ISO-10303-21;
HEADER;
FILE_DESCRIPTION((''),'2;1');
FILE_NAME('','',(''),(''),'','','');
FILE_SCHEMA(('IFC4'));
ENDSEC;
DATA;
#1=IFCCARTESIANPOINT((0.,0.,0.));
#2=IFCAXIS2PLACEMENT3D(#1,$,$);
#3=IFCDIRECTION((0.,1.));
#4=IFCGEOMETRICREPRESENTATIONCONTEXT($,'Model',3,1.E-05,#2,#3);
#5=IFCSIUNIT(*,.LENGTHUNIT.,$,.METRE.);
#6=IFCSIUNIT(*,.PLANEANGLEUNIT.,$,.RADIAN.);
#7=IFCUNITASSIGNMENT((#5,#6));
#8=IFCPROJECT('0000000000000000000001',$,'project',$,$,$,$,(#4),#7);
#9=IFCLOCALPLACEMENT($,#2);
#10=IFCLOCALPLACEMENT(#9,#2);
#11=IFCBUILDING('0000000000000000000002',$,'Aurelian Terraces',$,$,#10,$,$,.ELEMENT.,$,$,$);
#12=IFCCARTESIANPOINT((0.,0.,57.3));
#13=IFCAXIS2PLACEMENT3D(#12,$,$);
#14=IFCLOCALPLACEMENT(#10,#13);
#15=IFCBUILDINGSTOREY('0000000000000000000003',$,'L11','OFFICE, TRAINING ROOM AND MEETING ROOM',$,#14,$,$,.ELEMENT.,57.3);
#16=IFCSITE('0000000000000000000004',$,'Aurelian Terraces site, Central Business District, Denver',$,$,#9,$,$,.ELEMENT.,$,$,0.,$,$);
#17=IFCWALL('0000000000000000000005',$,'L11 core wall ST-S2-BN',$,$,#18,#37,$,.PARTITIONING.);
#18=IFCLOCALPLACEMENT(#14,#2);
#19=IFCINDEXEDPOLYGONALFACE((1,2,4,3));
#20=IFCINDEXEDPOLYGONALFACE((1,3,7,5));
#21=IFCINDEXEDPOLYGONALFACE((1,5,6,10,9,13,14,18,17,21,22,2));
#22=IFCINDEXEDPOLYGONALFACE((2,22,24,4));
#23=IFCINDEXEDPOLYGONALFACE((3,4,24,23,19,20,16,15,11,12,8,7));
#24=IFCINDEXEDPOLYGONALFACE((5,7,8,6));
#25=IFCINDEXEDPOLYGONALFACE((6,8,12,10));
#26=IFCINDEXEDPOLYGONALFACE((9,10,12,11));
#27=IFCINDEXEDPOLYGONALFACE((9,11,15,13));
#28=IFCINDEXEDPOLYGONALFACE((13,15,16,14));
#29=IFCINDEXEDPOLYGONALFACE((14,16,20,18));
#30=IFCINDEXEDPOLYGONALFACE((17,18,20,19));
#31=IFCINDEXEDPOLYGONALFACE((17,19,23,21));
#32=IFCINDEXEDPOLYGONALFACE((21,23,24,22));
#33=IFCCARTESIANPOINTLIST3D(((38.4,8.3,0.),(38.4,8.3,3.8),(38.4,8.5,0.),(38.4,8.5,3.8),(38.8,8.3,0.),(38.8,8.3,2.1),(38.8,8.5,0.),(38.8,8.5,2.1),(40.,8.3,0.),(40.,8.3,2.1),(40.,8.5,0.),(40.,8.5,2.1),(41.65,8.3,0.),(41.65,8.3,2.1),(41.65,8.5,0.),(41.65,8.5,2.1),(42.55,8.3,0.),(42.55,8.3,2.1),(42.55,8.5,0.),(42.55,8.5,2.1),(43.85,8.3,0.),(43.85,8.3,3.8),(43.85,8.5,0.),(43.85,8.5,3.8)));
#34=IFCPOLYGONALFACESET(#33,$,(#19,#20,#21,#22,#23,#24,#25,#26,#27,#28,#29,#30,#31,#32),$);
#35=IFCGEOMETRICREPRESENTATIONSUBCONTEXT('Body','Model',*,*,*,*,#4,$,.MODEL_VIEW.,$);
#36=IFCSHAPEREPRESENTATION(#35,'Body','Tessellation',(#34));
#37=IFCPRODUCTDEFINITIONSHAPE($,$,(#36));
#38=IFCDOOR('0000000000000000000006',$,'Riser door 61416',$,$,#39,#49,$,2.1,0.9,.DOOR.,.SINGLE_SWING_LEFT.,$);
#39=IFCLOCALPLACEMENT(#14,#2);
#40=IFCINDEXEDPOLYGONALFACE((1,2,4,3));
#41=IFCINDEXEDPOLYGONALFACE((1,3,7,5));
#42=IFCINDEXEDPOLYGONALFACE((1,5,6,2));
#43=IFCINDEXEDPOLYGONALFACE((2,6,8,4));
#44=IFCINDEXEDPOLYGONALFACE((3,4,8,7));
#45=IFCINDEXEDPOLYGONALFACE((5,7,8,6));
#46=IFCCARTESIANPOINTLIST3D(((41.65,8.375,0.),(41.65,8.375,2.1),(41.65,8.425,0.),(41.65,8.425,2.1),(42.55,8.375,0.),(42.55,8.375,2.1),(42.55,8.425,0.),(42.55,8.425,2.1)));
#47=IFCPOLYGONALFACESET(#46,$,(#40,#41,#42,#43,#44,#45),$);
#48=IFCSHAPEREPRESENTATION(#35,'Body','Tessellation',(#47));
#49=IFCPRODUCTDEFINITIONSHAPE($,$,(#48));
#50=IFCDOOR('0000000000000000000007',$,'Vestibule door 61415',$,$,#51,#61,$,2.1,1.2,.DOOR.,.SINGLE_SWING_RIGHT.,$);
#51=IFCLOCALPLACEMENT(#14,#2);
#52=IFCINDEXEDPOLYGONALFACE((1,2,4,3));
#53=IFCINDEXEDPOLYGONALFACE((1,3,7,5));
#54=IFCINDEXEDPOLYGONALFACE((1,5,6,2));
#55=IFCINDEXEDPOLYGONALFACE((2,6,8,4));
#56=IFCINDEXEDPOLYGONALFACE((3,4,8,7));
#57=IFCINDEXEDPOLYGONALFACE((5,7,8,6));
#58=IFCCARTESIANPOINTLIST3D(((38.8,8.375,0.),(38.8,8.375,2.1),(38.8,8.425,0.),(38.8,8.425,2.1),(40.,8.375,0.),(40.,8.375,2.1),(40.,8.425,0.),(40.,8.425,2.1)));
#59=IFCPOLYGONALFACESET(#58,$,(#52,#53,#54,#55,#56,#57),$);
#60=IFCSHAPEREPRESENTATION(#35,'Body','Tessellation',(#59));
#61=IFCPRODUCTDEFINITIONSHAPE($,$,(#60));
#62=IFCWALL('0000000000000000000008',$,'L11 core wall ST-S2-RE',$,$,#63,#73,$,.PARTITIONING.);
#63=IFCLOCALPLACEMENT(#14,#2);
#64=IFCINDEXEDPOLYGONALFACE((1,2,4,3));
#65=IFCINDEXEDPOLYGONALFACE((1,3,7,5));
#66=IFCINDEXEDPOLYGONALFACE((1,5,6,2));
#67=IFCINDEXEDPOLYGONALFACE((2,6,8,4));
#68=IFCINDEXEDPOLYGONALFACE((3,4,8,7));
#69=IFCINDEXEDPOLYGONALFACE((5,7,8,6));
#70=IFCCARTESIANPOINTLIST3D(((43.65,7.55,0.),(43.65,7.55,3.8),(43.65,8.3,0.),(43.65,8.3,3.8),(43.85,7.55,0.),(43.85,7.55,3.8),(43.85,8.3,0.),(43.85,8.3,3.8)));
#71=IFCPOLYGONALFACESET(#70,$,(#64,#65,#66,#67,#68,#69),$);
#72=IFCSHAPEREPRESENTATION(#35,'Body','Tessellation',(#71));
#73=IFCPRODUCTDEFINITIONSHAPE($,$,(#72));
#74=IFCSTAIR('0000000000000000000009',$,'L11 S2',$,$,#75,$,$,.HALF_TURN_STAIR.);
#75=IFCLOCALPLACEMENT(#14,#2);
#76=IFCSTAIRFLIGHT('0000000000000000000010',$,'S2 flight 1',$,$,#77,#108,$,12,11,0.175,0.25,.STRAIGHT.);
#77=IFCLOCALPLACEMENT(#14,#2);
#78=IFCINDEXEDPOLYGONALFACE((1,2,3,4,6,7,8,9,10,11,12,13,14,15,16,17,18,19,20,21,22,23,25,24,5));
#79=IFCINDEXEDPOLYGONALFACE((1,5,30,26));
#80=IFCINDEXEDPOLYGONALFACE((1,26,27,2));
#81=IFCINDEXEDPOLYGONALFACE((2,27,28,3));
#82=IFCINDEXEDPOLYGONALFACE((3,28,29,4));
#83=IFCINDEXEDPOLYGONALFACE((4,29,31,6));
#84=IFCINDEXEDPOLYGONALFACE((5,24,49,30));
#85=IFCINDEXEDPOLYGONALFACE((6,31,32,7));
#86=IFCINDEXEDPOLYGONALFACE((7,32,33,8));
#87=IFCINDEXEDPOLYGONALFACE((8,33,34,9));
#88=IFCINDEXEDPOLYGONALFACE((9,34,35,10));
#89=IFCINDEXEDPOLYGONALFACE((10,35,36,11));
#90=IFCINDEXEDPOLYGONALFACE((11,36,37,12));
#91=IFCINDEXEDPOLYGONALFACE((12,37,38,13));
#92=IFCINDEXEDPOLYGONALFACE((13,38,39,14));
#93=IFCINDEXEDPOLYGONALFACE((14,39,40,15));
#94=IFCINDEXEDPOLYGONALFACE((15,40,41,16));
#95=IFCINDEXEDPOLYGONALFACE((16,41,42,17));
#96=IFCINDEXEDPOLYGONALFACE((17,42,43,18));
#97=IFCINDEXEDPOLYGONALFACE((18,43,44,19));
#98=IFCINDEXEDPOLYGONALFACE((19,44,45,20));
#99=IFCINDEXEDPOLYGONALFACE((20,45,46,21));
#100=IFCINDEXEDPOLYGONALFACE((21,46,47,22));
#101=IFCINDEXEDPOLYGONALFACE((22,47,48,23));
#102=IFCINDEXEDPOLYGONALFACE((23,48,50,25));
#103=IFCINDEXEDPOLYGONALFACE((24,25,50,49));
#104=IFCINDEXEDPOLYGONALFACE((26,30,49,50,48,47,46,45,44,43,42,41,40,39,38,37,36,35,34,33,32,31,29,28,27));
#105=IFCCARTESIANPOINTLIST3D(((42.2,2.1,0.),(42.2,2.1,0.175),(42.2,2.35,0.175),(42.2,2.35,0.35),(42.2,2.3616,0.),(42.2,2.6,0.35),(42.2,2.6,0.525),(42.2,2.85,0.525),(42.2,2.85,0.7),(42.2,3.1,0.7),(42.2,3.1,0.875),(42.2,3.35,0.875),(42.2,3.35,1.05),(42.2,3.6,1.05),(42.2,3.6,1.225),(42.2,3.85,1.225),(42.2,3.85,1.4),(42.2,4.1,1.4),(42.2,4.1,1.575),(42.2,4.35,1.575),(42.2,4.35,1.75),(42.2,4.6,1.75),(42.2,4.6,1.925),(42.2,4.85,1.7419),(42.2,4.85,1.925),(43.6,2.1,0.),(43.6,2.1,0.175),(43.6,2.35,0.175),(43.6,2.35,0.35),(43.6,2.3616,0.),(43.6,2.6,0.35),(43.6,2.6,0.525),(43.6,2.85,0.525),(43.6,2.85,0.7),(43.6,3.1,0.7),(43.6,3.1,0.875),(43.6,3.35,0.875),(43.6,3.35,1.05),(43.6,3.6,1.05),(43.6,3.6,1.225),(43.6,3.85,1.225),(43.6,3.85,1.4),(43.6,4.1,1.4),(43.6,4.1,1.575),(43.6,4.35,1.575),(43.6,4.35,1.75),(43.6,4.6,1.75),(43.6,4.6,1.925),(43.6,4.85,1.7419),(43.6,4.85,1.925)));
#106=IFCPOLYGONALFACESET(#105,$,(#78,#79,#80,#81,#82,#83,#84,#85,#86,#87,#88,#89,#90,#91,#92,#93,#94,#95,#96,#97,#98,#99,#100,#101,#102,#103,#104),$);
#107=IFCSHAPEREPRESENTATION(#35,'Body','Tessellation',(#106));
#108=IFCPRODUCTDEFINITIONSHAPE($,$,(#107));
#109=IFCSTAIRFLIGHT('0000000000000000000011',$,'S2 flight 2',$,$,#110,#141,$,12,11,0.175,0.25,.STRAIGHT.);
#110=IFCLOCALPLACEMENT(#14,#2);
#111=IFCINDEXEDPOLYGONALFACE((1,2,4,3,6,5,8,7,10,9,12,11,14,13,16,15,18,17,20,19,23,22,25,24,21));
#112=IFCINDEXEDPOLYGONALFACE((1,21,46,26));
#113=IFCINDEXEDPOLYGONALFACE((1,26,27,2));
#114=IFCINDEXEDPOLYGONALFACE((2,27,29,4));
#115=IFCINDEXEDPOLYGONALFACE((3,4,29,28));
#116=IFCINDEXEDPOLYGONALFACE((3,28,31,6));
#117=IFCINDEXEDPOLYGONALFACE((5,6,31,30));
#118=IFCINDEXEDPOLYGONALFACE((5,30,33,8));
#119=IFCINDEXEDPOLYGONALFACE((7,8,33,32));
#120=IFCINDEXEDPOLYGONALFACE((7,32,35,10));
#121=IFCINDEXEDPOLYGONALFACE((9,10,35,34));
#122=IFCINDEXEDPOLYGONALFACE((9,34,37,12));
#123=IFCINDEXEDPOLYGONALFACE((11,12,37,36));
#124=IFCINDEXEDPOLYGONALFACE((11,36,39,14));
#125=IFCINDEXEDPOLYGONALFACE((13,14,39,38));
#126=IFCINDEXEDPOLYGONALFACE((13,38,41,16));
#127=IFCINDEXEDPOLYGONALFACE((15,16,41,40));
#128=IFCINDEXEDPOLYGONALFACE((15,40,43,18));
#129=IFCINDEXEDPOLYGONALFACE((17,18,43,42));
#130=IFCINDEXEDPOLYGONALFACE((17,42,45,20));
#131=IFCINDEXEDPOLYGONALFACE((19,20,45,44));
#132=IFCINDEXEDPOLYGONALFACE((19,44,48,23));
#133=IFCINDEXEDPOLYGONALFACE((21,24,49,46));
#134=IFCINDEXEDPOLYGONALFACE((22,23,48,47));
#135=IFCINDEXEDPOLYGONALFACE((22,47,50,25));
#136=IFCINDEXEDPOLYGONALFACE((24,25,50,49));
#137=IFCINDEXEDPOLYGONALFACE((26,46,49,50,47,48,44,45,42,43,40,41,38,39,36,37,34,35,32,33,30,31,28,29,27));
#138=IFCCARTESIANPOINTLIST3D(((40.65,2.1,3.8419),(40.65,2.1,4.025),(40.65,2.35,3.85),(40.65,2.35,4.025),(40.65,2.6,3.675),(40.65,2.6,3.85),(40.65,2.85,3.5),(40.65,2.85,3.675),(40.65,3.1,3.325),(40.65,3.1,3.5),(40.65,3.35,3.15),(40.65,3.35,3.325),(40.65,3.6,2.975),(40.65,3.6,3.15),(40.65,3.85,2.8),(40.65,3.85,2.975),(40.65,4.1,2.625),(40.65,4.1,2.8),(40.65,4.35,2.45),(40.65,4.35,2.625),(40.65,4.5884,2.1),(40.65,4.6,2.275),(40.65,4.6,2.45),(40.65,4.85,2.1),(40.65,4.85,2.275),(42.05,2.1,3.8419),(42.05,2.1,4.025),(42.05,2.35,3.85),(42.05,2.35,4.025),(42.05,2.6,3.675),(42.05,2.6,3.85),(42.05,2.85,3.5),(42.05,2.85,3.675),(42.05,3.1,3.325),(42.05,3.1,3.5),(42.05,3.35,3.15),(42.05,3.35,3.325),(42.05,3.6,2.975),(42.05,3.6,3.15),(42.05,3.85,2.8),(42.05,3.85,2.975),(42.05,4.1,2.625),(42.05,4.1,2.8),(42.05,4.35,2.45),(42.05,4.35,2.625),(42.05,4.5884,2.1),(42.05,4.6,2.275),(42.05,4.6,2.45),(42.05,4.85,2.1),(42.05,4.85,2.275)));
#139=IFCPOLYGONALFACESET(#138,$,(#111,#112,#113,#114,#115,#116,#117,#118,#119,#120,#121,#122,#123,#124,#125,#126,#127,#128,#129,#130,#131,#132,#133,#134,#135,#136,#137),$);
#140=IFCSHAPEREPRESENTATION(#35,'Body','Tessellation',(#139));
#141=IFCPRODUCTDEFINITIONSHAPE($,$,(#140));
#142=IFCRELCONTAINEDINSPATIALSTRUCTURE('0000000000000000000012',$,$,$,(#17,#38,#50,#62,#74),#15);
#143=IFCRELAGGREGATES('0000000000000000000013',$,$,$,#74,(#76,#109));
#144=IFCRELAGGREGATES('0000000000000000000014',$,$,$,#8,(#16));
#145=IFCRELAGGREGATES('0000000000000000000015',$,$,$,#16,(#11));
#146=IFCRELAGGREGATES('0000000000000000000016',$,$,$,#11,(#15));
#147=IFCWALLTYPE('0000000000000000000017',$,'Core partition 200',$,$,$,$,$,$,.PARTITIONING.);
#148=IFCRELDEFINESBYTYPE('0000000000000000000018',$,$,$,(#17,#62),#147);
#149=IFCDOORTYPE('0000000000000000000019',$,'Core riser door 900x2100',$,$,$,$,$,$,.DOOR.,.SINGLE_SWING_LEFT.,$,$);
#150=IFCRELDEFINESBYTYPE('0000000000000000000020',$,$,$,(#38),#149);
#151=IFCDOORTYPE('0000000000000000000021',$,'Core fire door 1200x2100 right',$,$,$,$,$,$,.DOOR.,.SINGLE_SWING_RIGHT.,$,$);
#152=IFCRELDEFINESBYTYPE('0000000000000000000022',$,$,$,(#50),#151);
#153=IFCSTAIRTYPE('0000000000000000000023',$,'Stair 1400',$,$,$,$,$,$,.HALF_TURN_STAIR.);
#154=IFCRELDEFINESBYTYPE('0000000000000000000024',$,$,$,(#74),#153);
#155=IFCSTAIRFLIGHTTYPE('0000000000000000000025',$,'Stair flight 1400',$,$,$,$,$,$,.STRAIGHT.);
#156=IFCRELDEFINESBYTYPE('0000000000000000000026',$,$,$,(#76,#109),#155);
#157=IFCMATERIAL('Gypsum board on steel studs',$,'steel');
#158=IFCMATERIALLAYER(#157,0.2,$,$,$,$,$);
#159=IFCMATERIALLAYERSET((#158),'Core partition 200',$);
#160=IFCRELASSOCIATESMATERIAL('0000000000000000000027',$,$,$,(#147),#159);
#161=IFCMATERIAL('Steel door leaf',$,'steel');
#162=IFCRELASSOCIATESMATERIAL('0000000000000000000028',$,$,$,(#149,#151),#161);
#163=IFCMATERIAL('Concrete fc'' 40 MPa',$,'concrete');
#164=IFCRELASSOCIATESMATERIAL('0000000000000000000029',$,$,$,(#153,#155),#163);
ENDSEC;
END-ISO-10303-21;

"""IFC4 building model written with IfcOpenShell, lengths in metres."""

from ifc_helpers import new_model, si_unit, direction, frame, frame_2d, origin, place, context, subcontext, project, spatial, polyline, rectangle, outline, extrude, source, transform, mapped, material, layer, layer_set, type_object, element, fill, aggregate, save


model = new_model("IFC4")

# Units and contexts
model_context = context("Model", 3, precision=1e-05, world=origin(), true_north=direction((0.0, 1.0)))
body_context = subcontext(model_context, "Body", "Model", "MODEL_VIEW")
ifc_project = project(units=[si_unit("LENGTHUNIT", "METRE"), si_unit("PLANEANGLEUNIT", "RADIAN")], contexts=[model_context])

# Site, building, storey
site_placement = place(None, origin())
site = spatial("IfcSite", under=ifc_project, at=site_placement, Name="Aurelian Terraces site, Central Business District, Denver", CompositionType="ELEMENT", RefElevation=0.0)
building_placement = place(site_placement, origin())
building = spatial("IfcBuilding", under=site, at=building_placement, Name="Aurelian Terraces", CompositionType="ELEMENT")
storey_placement = place(building_placement, frame((0.0, 0.0, 57.3)))
storey = spatial("IfcBuildingStorey", under=building, at=storey_placement, Name="L11", Description="OFFICE, TRAINING ROOM AND MEETING ROOM", CompositionType="ELEMENT", Elevation=57.3)

# Shared definitions
ifc_material_1 = material(Name="Concrete fc' 40 MPa", Category="concrete")

# Shared definitions
ifc_material_2 = material(Name="Steel door leaf", Category="steel")

# Shared definitions
ifc_material_3 = material(Name="Gypsum board on steel studs", Category="steel")
ifc_layer_1 = layer(ifc_material_3, 0.2)
ifc_layer_set_1 = layer_set([ifc_layer_1], Name="Core partition 200")
wall_type_1 = type_object("IfcWallType", Name="Core partition 200", PredefinedType="PARTITIONING", material=ifc_layer_set_1)

# Wall, openings, doors
shared_shape_1 = source(origin(), body_context, "Body", "SweptSolid", [
    extrude(rectangle(XDim=5.45, YDim=0.2, at=frame_2d((2.725, 0.0))), origin(), (0.0, 0.0, 1.0), 3.8),
])
wall_1_placement = place(storey_placement, frame((38.4, 8.4, 0.0), z_axis=(0.0, 0.0, 1.0), x_axis=(1.0, 0.0, 0.0)))
wall_1 = element("IfcWall", 1, at=wall_1_placement, inside=storey, type_object=wall_type_1, Name="L11 core wall ST-S2-BN", PredefinedType="PARTITIONING", context=body_context, shape_type="MappedRepresentation", body=[
    mapped(shared_shape_1, transform((0.0, 0.0, 0.0), scale=1.0)),
])
shared_shape_2 = source(origin(), body_context, "Body", "SweptSolid", [
    extrude(rectangle(XDim=1.2, YDim=2.1, at=frame_2d((0.6, 1.05))), frame((0.0, 0.11, 0.0), z_axis=(0.0, -1.0, 0.0), x_axis=(1.0, 0.0, 0.0)), (0.0, 0.0, 1.0), 0.22),
])
opening_1_placement = place(wall_1_placement, frame((0.4, 0.0, 0.0)))
opening_1 = element("IfcOpeningElement", 2, at=opening_1_placement, cuts=wall_1, PredefinedType="OPENING", context=body_context, shape_type="MappedRepresentation", body=[
    mapped(shared_shape_2, transform((0.0, 0.0, 0.0), scale=1.0)),
])
shared_shape_3 = source(origin(), body_context, "Body", "SweptSolid", [
    extrude(rectangle(XDim=0.9, YDim=2.1, at=frame_2d((0.45, 1.05))), frame((0.0, 0.11, 0.0), z_axis=(0.0, -1.0, 0.0), x_axis=(1.0, 0.0, 0.0)), (0.0, 0.0, 1.0), 0.22),
])
opening_2_placement = place(wall_1_placement, frame((3.25, 0.0, 0.0)))
opening_2 = element("IfcOpeningElement", 3, at=opening_2_placement, cuts=wall_1, PredefinedType="OPENING", context=body_context, shape_type="MappedRepresentation", body=[
    mapped(shared_shape_3, transform((0.0, 0.0, 0.0), scale=1.0)),
])
door_type_1 = type_object("IfcDoorType", Name="Core riser door 900x2100", OperationType="SINGLE_SWING_LEFT", PredefinedType="DOOR", material=ifc_material_2)
shared_shape_4 = source(origin(), body_context, "Body", "SweptSolid", [
    extrude(rectangle(XDim=0.9, YDim=2.1, at=frame_2d((0.45, 1.05))), frame((0.0, 0.025, 0.0), z_axis=(0.0, -1.0, 0.0), x_axis=(1.0, 0.0, 0.0)), (0.0, 0.0, 1.0), 0.05),
])
door_1_placement = place(opening_2_placement, origin())
door_1 = element("IfcDoor", 4, at=door_1_placement, inside=storey, type_object=door_type_1, Name="Riser door 61416", OperationType="SINGLE_SWING_LEFT", OverallHeight=2.1, OverallWidth=0.9, PredefinedType="DOOR", context=body_context, shape_type="MappedRepresentation", body=[
    mapped(shared_shape_4, transform((0.0, 0.0, 0.0), scale=1.0)),
])
fill(opening_2, door_1)
door_type_2 = type_object("IfcDoorType", Name="Core fire door 1200x2100 right", OperationType="SINGLE_SWING_RIGHT", PredefinedType="DOOR", material=ifc_material_2)
shared_shape_5 = source(origin(), body_context, "Body", "SweptSolid", [
    extrude(rectangle(XDim=1.2, YDim=2.1, at=frame_2d((0.6, 1.05))), frame((0.0, 0.025, 0.0), z_axis=(0.0, -1.0, 0.0), x_axis=(1.0, 0.0, 0.0)), (0.0, 0.0, 1.0), 0.05),
])
door_2_placement = place(opening_1_placement, origin())
door_2 = element("IfcDoor", 5, at=door_2_placement, inside=storey, type_object=door_type_2, Name="Vestibule door 61415", OperationType="SINGLE_SWING_RIGHT", OverallHeight=2.1, OverallWidth=1.2, PredefinedType="DOOR", context=body_context, shape_type="MappedRepresentation", body=[
    mapped(shared_shape_5, transform((0.0, 0.0, 0.0), scale=1.0)),
])
fill(opening_1, door_2)

# Wall
shared_shape_6 = source(origin(), body_context, "Body", "SweptSolid", [
    extrude(rectangle(XDim=0.75, YDim=0.2, at=frame_2d((0.375, 0.0))), origin(), (0.0, 0.0, 1.0), 3.8),
])
wall_2_placement = place(storey_placement, frame((43.75, 7.55, 0.0), z_axis=(0.0, 0.0, 1.0), x_axis=(0.0, 1.0, 0.0)))
element("IfcWall", 6, at=wall_2_placement, inside=storey, type_object=wall_type_1, Name="L11 core wall ST-S2-RE", PredefinedType="PARTITIONING", context=body_context, shape_type="MappedRepresentation", body=[
    mapped(shared_shape_6, transform((0.0, 0.0, 0.0), scale=1.0)),
])

# Stair, stair flights
stair_type = type_object("IfcStairType", Name="Stair 1400", PredefinedType="HALF_TURN_STAIR", material=ifc_material_1)
stair_placement = place(storey_placement, origin())
stair = element("IfcStair", 7, at=stair_placement, inside=storey, type_object=stair_type, Name="L11 S2", PredefinedType="HALF_TURN_STAIR")
stair_flight_type = type_object("IfcStairFlightType", Name="Stair flight 1400", PredefinedType="STRAIGHT", material=ifc_material_1)
shared_shape_7 = source(origin(), body_context, "Body", "SweptSolid", [
    extrude(outline(polyline([(0.0, 0.0), (0.0, 0.175), (0.25, 0.175), (0.25, 0.35), (0.5, 0.35), (0.5, 0.525), (0.75, 0.525), (0.75, 0.7), (1.0, 0.7), (1.0, 0.875), (1.25, 0.875), (1.25, 1.05), (1.5, 1.05), (1.5, 1.225), (1.75, 1.225), (1.75, 1.4), (2.0, 1.4), (2.0, 1.575), (2.25, 1.575), (2.25, 1.75), (2.5, 1.75), (2.5, 1.925), (2.75, 1.925), (2.75, 2.1), (2.75, 1.7419), (0.2616, 0.0), (0.0, 0.0)])), frame((0.0, 0.7, 0.0), z_axis=(0.0, -1.0, 0.0), x_axis=(1.0, 0.0, 0.0)), (0.0, 0.0, 1.0), 1.4),
])
stair_flight_1_placement = place(storey_placement, frame((42.9, 2.1, 0.0), z_axis=(0.0, 0.0, 1.0), x_axis=(0.0, 1.0, 0.0)))
stair_flight_1 = element("IfcStairFlight", 8, at=stair_flight_1_placement, type_object=stair_flight_type, Name="S2 flight 1", NumberOfRisers=12, NumberOfTreads=11, PredefinedType="STRAIGHT", RiserHeight=0.175, TreadLength=0.25, context=body_context, shape_type="MappedRepresentation", body=[
    mapped(shared_shape_7, transform((0.0, 0.0, 0.0), scale=1.0)),
])
stair_flight_2_placement = place(storey_placement, frame((41.35, 4.85, 2.1), z_axis=(0.0, 0.0, 1.0), x_axis=(0.0, -1.0, 0.0)))
stair_flight_2 = element("IfcStairFlight", 9, at=stair_flight_2_placement, type_object=stair_flight_type, Name="S2 flight 2", NumberOfRisers=12, NumberOfTreads=11, PredefinedType="STRAIGHT", RiserHeight=0.175, TreadLength=0.25, context=body_context, shape_type="MappedRepresentation", body=[
    mapped(shared_shape_7, transform((0.0, 0.0, 0.0), scale=1.0)),
])
aggregate(stair, [stair_flight_1, stair_flight_2])

save(model, "model.ifc")
